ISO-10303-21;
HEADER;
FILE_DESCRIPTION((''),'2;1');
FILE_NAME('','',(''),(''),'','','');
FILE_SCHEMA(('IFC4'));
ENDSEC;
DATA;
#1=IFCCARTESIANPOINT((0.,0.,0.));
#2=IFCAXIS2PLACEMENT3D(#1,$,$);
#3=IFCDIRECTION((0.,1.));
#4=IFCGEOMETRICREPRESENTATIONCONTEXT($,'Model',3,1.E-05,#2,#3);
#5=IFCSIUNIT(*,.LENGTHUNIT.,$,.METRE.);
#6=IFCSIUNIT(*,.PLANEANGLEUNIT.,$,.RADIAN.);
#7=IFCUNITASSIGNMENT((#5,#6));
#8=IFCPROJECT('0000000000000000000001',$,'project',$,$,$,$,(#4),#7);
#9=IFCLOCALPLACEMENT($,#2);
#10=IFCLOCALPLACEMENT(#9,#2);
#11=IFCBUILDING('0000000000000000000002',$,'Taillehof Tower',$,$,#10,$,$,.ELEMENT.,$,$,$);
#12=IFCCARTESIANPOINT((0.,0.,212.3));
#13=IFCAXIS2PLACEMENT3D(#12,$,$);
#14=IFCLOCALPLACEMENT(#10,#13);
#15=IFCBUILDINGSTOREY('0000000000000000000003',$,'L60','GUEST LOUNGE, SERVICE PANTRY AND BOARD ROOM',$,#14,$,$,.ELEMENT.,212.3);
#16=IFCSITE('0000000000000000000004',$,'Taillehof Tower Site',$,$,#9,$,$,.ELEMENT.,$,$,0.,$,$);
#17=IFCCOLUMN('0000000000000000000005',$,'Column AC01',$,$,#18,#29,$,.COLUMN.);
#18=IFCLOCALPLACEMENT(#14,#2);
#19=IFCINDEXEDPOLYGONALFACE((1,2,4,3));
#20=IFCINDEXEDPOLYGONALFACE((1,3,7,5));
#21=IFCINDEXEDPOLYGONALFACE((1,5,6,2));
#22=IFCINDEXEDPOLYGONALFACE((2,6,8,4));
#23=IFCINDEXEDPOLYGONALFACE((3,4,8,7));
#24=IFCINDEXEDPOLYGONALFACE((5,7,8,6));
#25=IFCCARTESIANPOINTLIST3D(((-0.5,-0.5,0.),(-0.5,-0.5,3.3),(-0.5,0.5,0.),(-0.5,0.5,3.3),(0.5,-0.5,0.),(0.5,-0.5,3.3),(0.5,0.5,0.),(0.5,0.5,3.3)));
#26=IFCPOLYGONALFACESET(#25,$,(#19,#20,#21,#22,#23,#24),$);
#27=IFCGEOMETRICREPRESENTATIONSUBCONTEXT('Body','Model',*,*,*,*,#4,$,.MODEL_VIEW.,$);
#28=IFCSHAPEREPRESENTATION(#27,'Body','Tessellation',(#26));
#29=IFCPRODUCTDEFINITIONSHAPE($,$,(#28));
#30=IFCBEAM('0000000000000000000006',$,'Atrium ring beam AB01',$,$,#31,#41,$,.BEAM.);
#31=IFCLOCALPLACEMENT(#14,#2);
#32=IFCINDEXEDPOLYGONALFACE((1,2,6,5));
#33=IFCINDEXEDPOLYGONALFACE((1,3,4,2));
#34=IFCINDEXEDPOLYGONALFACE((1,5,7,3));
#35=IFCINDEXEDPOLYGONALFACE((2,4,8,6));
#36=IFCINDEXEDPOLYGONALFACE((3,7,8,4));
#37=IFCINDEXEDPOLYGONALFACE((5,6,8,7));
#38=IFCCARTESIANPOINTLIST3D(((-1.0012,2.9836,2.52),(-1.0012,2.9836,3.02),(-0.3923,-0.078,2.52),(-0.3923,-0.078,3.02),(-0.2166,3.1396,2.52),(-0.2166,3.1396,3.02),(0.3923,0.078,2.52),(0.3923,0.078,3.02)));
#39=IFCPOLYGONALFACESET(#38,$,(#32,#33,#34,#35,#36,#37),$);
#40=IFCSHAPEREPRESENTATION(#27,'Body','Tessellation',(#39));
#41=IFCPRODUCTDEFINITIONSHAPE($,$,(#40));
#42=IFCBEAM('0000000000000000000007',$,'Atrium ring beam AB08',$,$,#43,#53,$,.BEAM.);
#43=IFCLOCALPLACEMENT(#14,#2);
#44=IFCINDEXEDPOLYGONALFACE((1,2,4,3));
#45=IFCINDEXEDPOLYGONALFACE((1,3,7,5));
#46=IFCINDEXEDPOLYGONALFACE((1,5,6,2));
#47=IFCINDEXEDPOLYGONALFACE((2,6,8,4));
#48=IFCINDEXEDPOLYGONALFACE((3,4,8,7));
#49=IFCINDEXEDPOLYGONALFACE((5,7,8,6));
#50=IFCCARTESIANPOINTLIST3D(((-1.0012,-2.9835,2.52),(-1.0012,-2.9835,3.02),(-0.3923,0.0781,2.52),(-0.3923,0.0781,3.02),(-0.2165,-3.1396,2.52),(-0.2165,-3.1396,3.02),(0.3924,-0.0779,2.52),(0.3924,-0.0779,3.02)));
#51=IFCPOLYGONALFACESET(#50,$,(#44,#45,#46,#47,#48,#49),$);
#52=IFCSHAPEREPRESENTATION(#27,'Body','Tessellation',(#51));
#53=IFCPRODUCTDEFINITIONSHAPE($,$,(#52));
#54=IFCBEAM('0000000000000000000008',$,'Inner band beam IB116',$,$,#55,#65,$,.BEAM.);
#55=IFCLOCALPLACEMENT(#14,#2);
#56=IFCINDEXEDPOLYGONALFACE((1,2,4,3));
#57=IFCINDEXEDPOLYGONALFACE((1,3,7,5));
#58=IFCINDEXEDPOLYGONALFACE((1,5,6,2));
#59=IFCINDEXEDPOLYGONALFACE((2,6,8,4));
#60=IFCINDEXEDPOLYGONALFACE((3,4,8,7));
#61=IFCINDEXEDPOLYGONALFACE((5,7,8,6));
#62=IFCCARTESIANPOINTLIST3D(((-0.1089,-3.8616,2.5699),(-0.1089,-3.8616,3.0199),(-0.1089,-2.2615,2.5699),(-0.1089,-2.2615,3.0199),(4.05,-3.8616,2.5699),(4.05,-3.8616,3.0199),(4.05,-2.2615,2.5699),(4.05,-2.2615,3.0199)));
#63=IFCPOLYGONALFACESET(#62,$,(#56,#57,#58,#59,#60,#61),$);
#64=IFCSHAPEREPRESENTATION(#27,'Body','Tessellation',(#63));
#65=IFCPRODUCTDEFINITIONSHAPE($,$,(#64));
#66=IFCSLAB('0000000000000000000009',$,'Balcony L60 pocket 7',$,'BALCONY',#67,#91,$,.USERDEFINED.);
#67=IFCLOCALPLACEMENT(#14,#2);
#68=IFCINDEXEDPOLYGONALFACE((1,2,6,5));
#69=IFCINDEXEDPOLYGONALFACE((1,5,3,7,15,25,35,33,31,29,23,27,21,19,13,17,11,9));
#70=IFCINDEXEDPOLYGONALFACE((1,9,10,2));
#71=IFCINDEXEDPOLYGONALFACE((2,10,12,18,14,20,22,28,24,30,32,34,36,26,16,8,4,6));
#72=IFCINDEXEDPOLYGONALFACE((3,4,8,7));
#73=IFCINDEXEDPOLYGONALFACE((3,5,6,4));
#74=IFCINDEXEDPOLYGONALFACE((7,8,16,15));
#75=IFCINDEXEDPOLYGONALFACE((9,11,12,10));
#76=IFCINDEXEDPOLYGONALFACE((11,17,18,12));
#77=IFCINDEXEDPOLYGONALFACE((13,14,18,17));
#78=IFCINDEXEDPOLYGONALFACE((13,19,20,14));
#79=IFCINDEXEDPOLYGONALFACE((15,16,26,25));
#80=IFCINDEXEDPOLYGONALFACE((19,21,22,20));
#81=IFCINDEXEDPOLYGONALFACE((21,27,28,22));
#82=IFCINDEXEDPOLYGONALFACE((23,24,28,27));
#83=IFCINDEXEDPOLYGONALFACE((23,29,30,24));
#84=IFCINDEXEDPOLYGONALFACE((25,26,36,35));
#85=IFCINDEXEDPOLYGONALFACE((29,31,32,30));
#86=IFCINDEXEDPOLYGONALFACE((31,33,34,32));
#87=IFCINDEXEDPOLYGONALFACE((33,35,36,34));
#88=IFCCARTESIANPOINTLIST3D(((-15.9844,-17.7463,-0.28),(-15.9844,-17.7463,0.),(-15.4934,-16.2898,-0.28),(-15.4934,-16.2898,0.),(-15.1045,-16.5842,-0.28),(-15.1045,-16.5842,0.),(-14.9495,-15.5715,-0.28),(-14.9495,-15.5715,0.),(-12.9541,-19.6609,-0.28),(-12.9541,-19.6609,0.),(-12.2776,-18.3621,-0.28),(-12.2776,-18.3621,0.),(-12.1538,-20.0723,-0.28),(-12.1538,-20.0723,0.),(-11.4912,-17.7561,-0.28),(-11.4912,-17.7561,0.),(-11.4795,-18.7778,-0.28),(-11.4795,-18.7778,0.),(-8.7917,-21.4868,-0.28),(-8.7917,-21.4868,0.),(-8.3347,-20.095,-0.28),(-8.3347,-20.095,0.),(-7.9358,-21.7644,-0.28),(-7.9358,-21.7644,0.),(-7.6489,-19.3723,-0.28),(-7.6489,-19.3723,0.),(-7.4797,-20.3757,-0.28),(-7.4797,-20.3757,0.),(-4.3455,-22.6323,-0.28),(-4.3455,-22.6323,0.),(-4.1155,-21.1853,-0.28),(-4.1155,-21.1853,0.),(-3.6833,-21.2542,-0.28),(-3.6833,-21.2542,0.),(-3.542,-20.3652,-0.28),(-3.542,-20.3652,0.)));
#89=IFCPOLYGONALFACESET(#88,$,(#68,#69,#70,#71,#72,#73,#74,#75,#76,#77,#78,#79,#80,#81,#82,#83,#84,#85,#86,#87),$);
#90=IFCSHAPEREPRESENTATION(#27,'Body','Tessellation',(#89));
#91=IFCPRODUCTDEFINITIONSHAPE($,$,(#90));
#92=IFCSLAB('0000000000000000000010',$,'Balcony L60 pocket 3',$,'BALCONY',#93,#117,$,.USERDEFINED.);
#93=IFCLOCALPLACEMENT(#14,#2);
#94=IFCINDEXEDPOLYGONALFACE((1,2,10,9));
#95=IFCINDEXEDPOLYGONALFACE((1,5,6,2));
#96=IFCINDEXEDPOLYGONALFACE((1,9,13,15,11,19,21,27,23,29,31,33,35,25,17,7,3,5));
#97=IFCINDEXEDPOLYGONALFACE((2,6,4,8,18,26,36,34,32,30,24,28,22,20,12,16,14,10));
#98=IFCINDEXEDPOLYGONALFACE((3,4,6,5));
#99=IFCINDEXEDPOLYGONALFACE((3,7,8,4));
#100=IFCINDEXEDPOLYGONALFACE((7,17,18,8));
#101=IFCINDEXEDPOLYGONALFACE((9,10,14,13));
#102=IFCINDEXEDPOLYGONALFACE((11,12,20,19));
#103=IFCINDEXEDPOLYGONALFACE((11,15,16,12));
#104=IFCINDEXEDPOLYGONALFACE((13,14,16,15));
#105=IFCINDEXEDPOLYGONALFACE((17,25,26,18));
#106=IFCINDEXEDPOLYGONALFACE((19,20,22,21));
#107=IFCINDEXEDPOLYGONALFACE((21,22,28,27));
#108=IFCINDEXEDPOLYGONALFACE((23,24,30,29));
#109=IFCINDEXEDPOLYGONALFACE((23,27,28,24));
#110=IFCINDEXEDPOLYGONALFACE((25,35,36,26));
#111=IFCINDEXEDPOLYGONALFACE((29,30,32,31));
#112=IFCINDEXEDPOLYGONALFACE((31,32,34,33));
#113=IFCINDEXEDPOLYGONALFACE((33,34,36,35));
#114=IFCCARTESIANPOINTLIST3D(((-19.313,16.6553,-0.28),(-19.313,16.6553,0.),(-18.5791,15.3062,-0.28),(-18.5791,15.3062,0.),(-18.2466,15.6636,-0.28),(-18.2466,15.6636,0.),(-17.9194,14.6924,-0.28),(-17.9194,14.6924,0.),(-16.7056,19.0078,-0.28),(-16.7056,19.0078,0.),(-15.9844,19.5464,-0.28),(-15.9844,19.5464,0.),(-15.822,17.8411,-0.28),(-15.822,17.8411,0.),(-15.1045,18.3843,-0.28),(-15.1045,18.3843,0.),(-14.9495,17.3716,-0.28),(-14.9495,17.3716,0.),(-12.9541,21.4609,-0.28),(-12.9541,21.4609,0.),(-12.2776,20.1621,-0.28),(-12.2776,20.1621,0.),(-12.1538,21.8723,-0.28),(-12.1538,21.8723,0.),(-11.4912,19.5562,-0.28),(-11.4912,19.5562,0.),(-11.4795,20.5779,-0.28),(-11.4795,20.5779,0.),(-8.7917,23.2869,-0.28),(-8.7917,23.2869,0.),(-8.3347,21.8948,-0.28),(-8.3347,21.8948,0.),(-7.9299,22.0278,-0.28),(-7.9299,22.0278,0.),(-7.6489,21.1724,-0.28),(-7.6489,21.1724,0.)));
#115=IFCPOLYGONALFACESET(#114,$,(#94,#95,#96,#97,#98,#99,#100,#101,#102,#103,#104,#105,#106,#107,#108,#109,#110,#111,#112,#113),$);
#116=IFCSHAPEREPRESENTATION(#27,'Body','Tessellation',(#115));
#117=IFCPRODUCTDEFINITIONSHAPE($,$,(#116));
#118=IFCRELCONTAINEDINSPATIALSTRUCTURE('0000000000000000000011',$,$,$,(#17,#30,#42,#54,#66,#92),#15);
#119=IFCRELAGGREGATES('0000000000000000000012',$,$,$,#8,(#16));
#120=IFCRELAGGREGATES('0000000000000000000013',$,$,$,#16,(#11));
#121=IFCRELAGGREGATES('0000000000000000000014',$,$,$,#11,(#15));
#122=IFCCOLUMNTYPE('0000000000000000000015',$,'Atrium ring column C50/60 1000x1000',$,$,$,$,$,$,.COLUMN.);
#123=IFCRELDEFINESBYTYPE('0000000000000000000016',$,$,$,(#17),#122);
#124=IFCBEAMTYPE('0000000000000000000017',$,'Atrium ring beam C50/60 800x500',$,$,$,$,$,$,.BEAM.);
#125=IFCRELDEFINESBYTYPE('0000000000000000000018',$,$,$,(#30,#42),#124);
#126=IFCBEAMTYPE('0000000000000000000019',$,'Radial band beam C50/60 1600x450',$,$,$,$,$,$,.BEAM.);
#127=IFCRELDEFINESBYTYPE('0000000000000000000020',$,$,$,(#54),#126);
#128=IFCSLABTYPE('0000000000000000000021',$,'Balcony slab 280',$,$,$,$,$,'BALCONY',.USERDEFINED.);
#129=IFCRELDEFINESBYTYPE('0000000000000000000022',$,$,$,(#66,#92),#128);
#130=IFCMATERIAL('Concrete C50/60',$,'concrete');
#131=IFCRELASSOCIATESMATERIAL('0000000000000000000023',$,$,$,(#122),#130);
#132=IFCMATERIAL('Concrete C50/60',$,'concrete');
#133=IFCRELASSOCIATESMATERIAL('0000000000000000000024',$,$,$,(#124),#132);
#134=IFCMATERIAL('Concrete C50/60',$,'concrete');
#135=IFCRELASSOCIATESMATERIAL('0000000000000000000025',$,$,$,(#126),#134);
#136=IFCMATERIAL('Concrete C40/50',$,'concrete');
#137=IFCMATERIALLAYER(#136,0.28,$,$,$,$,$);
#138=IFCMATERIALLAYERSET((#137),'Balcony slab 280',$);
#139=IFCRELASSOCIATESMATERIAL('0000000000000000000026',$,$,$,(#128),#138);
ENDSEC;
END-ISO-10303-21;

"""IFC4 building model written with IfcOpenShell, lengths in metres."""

from ifc_helpers import new_model, si_unit, direction, frame, origin, origin_with_axes, origin_2d, place, context, subcontext, project, spatial, polyline, rectangle, outline, extrude, material, layer, layer_set, material_profile, profile_set, type_object, element, save


model = new_model("IFC4")

# Units and contexts
model_context = context("Model", 3, precision=1e-05, world=origin(), true_north=direction((0.0, 1.0)))
body_context = subcontext(model_context, "Body", "Model", "MODEL_VIEW")
ifc_project = project(units=[si_unit("LENGTHUNIT", "METRE"), si_unit("PLANEANGLEUNIT", "RADIAN")], contexts=[model_context])

# Site, building, storey
site_placement = place(None, origin())
site = spatial("IfcSite", under=ifc_project, at=site_placement, Name="Taillehof Tower Site", CompositionType="ELEMENT", RefElevation=0.0)
building_placement = place(site_placement, origin())
building = spatial("IfcBuilding", under=site, at=building_placement, Name="Taillehof Tower", CompositionType="ELEMENT")
storey_placement = place(building_placement, frame((0.0, 0.0, 212.3)))
storey = spatial("IfcBuildingStorey", under=building, at=storey_placement, Name="L60", Description="GUEST LOUNGE, SERVICE PANTRY AND BOARD ROOM", CompositionType="ELEMENT", Elevation=212.3)

# Column
ifc_material_1 = material(Name="Concrete C50/60", Category="concrete")
ifc_material_profile_1 = material_profile(ifc_material_1, rectangle(XDim=1.0, YDim=1.0, at=origin_2d()), Name="RC 1000x1000")
ifc_profile_set_1 = profile_set([ifc_material_profile_1], Name="Concrete C50/60")
column_type = type_object("IfcColumnType", Name="Atrium ring column C50/60 1000x1000", PredefinedType="COLUMN", material=ifc_profile_set_1)
column_placement = place(storey_placement, origin_with_axes())
element("IfcColumn", 1, at=column_placement, inside=storey, type_object=column_type, Name="Column AC01", PredefinedType="COLUMN", context=body_context, shape_type="SweptSolid", body=[
    extrude(rectangle(XDim=1.0, YDim=1.0, at=origin_2d()), origin(), (0.0, 0.0, 1.0), 3.3),
])

# Beams
ifc_material_2 = material(Name="Concrete C50/60", Category="concrete")
ifc_material_profile_2 = material_profile(ifc_material_2, rectangle(XDim=0.8, YDim=0.5, at=origin_2d()), Name="RC 800x500")
ifc_profile_set_2 = profile_set([ifc_material_profile_2], Name="Concrete C50/60")
beam_type_1 = type_object("IfcBeamType", Name="Atrium ring beam C50/60 800x500", PredefinedType="BEAM", material=ifc_profile_set_2)
for number, where, z_axis, x_axis, name in (
    (2, (0.0, 0.0, 2.77), (-0.195063, 0.980791, 0.0), (-0.980791, -0.195063, 0.0), "Atrium ring beam AB01"),
    (3, (-0.6089, -3.0615, 2.77), (0.195063, 0.980791, 0.0), (-0.980791, 0.195063, 0.0), "Atrium ring beam AB08"),
):
    element("IfcBeam", number, at=place(storey_placement, frame(where, z_axis=z_axis, x_axis=x_axis)), inside=storey, type_object=beam_type_1, Name=name, PredefinedType="BEAM", context=body_context, shape_type="SweptSolid", body=[
        extrude(rectangle(XDim=0.8, YDim=0.5, at=origin_2d()), origin(), (0.0, 0.0, 1.0), 3.1216),
    ])
ifc_material_3 = material(Name="Concrete C50/60", Category="concrete")
ifc_material_profile_3 = material_profile(ifc_material_3, rectangle(XDim=1.6001, YDim=0.45, at=origin_2d()), Name="RC 1600x450")
ifc_profile_set_3 = profile_set([ifc_material_profile_3], Name="Concrete C50/60")
beam_type_2 = type_object("IfcBeamType", Name="Radial band beam C50/60 1600x450", PredefinedType="BEAM", material=ifc_profile_set_3)
beam_placement = place(storey_placement, frame((-0.1089, -3.0615, 2.7949), z_axis=(1.0, 0.0, 0.0), x_axis=(0.0, 1.0, 0.0)))
element("IfcBeam", 4, at=beam_placement, inside=storey, type_object=beam_type_2, Name="Inner band beam IB116", PredefinedType="BEAM", context=body_context, shape_type="SweptSolid", body=[
    extrude(rectangle(XDim=1.6001, YDim=0.45, at=origin_2d()), origin(), (0.0, 0.0, 1.0), 4.1589),
])

# Slabs
ifc_material_4 = material(Name="Concrete C40/50", Category="concrete")
ifc_layer_1 = layer(ifc_material_4, 0.28)
ifc_layer_set_1 = layer_set([ifc_layer_1], Name="Balcony slab 280")
slab_type_1 = type_object("IfcSlabType", Name="Balcony slab 280", ElementType="BALCONY", PredefinedType="USERDEFINED", material=ifc_layer_set_1)
slab_1_placement = place(storey_placement, frame((0.0, 0.0, -0.28)))
element("IfcSlab", 5, at=slab_1_placement, inside=storey, type_object=slab_type_1, Name="Balcony L60 pocket 7", ObjectType="BALCONY", PredefinedType="USERDEFINED", context=body_context, shape_type="SweptSolid", body=[
    extrude(outline(polyline([(-3.542, -20.3652), (-3.6833, -21.2542), (-4.1155, -21.1853), (-4.3455, -22.6323), (-7.9358, -21.7644), (-7.4797, -20.3757), (-8.3347, -20.095), (-8.7917, -21.4868), (-12.1538, -20.0723), (-11.4795, -18.7778), (-12.2776, -18.3621), (-12.9541, -19.6609), (-15.9844, -17.7463), (-15.1045, -16.5842), (-15.4934, -16.2898), (-14.9495, -15.5715), (-11.4912, -17.7561), (-7.6489, -19.3723), (-3.542, -20.3652)])), origin(), (0.0, 0.0, 1.0), 0.28),
])
slab_2_placement = place(storey_placement, frame((0.0, 0.0, -0.28)))
element("IfcSlab", 6, at=slab_2_placement, inside=storey, type_object=slab_type_1, Name="Balcony L60 pocket 3", ObjectType="BALCONY", PredefinedType="USERDEFINED", context=body_context, shape_type="SweptSolid", body=[
    extrude(outline(polyline([(-17.9194, 14.6924), (-18.5791, 15.3062), (-18.2466, 15.6636), (-19.313, 16.6553), (-16.7056, 19.0078), (-15.822, 17.8411), (-15.1045, 18.3843), (-15.9844, 19.5464), (-12.9541, 21.4609), (-12.2776, 20.1621), (-11.4795, 20.5779), (-12.1538, 21.8723), (-8.7917, 23.2869), (-8.3347, 21.8948), (-7.9299, 22.0278), (-7.6489, 21.1724), (-11.4912, 19.5562), (-14.9495, 17.3716), (-17.9194, 14.6924)])), origin(), (0.0, 0.0, 1.0), 0.28),
])

save(model, "model.ifc")
